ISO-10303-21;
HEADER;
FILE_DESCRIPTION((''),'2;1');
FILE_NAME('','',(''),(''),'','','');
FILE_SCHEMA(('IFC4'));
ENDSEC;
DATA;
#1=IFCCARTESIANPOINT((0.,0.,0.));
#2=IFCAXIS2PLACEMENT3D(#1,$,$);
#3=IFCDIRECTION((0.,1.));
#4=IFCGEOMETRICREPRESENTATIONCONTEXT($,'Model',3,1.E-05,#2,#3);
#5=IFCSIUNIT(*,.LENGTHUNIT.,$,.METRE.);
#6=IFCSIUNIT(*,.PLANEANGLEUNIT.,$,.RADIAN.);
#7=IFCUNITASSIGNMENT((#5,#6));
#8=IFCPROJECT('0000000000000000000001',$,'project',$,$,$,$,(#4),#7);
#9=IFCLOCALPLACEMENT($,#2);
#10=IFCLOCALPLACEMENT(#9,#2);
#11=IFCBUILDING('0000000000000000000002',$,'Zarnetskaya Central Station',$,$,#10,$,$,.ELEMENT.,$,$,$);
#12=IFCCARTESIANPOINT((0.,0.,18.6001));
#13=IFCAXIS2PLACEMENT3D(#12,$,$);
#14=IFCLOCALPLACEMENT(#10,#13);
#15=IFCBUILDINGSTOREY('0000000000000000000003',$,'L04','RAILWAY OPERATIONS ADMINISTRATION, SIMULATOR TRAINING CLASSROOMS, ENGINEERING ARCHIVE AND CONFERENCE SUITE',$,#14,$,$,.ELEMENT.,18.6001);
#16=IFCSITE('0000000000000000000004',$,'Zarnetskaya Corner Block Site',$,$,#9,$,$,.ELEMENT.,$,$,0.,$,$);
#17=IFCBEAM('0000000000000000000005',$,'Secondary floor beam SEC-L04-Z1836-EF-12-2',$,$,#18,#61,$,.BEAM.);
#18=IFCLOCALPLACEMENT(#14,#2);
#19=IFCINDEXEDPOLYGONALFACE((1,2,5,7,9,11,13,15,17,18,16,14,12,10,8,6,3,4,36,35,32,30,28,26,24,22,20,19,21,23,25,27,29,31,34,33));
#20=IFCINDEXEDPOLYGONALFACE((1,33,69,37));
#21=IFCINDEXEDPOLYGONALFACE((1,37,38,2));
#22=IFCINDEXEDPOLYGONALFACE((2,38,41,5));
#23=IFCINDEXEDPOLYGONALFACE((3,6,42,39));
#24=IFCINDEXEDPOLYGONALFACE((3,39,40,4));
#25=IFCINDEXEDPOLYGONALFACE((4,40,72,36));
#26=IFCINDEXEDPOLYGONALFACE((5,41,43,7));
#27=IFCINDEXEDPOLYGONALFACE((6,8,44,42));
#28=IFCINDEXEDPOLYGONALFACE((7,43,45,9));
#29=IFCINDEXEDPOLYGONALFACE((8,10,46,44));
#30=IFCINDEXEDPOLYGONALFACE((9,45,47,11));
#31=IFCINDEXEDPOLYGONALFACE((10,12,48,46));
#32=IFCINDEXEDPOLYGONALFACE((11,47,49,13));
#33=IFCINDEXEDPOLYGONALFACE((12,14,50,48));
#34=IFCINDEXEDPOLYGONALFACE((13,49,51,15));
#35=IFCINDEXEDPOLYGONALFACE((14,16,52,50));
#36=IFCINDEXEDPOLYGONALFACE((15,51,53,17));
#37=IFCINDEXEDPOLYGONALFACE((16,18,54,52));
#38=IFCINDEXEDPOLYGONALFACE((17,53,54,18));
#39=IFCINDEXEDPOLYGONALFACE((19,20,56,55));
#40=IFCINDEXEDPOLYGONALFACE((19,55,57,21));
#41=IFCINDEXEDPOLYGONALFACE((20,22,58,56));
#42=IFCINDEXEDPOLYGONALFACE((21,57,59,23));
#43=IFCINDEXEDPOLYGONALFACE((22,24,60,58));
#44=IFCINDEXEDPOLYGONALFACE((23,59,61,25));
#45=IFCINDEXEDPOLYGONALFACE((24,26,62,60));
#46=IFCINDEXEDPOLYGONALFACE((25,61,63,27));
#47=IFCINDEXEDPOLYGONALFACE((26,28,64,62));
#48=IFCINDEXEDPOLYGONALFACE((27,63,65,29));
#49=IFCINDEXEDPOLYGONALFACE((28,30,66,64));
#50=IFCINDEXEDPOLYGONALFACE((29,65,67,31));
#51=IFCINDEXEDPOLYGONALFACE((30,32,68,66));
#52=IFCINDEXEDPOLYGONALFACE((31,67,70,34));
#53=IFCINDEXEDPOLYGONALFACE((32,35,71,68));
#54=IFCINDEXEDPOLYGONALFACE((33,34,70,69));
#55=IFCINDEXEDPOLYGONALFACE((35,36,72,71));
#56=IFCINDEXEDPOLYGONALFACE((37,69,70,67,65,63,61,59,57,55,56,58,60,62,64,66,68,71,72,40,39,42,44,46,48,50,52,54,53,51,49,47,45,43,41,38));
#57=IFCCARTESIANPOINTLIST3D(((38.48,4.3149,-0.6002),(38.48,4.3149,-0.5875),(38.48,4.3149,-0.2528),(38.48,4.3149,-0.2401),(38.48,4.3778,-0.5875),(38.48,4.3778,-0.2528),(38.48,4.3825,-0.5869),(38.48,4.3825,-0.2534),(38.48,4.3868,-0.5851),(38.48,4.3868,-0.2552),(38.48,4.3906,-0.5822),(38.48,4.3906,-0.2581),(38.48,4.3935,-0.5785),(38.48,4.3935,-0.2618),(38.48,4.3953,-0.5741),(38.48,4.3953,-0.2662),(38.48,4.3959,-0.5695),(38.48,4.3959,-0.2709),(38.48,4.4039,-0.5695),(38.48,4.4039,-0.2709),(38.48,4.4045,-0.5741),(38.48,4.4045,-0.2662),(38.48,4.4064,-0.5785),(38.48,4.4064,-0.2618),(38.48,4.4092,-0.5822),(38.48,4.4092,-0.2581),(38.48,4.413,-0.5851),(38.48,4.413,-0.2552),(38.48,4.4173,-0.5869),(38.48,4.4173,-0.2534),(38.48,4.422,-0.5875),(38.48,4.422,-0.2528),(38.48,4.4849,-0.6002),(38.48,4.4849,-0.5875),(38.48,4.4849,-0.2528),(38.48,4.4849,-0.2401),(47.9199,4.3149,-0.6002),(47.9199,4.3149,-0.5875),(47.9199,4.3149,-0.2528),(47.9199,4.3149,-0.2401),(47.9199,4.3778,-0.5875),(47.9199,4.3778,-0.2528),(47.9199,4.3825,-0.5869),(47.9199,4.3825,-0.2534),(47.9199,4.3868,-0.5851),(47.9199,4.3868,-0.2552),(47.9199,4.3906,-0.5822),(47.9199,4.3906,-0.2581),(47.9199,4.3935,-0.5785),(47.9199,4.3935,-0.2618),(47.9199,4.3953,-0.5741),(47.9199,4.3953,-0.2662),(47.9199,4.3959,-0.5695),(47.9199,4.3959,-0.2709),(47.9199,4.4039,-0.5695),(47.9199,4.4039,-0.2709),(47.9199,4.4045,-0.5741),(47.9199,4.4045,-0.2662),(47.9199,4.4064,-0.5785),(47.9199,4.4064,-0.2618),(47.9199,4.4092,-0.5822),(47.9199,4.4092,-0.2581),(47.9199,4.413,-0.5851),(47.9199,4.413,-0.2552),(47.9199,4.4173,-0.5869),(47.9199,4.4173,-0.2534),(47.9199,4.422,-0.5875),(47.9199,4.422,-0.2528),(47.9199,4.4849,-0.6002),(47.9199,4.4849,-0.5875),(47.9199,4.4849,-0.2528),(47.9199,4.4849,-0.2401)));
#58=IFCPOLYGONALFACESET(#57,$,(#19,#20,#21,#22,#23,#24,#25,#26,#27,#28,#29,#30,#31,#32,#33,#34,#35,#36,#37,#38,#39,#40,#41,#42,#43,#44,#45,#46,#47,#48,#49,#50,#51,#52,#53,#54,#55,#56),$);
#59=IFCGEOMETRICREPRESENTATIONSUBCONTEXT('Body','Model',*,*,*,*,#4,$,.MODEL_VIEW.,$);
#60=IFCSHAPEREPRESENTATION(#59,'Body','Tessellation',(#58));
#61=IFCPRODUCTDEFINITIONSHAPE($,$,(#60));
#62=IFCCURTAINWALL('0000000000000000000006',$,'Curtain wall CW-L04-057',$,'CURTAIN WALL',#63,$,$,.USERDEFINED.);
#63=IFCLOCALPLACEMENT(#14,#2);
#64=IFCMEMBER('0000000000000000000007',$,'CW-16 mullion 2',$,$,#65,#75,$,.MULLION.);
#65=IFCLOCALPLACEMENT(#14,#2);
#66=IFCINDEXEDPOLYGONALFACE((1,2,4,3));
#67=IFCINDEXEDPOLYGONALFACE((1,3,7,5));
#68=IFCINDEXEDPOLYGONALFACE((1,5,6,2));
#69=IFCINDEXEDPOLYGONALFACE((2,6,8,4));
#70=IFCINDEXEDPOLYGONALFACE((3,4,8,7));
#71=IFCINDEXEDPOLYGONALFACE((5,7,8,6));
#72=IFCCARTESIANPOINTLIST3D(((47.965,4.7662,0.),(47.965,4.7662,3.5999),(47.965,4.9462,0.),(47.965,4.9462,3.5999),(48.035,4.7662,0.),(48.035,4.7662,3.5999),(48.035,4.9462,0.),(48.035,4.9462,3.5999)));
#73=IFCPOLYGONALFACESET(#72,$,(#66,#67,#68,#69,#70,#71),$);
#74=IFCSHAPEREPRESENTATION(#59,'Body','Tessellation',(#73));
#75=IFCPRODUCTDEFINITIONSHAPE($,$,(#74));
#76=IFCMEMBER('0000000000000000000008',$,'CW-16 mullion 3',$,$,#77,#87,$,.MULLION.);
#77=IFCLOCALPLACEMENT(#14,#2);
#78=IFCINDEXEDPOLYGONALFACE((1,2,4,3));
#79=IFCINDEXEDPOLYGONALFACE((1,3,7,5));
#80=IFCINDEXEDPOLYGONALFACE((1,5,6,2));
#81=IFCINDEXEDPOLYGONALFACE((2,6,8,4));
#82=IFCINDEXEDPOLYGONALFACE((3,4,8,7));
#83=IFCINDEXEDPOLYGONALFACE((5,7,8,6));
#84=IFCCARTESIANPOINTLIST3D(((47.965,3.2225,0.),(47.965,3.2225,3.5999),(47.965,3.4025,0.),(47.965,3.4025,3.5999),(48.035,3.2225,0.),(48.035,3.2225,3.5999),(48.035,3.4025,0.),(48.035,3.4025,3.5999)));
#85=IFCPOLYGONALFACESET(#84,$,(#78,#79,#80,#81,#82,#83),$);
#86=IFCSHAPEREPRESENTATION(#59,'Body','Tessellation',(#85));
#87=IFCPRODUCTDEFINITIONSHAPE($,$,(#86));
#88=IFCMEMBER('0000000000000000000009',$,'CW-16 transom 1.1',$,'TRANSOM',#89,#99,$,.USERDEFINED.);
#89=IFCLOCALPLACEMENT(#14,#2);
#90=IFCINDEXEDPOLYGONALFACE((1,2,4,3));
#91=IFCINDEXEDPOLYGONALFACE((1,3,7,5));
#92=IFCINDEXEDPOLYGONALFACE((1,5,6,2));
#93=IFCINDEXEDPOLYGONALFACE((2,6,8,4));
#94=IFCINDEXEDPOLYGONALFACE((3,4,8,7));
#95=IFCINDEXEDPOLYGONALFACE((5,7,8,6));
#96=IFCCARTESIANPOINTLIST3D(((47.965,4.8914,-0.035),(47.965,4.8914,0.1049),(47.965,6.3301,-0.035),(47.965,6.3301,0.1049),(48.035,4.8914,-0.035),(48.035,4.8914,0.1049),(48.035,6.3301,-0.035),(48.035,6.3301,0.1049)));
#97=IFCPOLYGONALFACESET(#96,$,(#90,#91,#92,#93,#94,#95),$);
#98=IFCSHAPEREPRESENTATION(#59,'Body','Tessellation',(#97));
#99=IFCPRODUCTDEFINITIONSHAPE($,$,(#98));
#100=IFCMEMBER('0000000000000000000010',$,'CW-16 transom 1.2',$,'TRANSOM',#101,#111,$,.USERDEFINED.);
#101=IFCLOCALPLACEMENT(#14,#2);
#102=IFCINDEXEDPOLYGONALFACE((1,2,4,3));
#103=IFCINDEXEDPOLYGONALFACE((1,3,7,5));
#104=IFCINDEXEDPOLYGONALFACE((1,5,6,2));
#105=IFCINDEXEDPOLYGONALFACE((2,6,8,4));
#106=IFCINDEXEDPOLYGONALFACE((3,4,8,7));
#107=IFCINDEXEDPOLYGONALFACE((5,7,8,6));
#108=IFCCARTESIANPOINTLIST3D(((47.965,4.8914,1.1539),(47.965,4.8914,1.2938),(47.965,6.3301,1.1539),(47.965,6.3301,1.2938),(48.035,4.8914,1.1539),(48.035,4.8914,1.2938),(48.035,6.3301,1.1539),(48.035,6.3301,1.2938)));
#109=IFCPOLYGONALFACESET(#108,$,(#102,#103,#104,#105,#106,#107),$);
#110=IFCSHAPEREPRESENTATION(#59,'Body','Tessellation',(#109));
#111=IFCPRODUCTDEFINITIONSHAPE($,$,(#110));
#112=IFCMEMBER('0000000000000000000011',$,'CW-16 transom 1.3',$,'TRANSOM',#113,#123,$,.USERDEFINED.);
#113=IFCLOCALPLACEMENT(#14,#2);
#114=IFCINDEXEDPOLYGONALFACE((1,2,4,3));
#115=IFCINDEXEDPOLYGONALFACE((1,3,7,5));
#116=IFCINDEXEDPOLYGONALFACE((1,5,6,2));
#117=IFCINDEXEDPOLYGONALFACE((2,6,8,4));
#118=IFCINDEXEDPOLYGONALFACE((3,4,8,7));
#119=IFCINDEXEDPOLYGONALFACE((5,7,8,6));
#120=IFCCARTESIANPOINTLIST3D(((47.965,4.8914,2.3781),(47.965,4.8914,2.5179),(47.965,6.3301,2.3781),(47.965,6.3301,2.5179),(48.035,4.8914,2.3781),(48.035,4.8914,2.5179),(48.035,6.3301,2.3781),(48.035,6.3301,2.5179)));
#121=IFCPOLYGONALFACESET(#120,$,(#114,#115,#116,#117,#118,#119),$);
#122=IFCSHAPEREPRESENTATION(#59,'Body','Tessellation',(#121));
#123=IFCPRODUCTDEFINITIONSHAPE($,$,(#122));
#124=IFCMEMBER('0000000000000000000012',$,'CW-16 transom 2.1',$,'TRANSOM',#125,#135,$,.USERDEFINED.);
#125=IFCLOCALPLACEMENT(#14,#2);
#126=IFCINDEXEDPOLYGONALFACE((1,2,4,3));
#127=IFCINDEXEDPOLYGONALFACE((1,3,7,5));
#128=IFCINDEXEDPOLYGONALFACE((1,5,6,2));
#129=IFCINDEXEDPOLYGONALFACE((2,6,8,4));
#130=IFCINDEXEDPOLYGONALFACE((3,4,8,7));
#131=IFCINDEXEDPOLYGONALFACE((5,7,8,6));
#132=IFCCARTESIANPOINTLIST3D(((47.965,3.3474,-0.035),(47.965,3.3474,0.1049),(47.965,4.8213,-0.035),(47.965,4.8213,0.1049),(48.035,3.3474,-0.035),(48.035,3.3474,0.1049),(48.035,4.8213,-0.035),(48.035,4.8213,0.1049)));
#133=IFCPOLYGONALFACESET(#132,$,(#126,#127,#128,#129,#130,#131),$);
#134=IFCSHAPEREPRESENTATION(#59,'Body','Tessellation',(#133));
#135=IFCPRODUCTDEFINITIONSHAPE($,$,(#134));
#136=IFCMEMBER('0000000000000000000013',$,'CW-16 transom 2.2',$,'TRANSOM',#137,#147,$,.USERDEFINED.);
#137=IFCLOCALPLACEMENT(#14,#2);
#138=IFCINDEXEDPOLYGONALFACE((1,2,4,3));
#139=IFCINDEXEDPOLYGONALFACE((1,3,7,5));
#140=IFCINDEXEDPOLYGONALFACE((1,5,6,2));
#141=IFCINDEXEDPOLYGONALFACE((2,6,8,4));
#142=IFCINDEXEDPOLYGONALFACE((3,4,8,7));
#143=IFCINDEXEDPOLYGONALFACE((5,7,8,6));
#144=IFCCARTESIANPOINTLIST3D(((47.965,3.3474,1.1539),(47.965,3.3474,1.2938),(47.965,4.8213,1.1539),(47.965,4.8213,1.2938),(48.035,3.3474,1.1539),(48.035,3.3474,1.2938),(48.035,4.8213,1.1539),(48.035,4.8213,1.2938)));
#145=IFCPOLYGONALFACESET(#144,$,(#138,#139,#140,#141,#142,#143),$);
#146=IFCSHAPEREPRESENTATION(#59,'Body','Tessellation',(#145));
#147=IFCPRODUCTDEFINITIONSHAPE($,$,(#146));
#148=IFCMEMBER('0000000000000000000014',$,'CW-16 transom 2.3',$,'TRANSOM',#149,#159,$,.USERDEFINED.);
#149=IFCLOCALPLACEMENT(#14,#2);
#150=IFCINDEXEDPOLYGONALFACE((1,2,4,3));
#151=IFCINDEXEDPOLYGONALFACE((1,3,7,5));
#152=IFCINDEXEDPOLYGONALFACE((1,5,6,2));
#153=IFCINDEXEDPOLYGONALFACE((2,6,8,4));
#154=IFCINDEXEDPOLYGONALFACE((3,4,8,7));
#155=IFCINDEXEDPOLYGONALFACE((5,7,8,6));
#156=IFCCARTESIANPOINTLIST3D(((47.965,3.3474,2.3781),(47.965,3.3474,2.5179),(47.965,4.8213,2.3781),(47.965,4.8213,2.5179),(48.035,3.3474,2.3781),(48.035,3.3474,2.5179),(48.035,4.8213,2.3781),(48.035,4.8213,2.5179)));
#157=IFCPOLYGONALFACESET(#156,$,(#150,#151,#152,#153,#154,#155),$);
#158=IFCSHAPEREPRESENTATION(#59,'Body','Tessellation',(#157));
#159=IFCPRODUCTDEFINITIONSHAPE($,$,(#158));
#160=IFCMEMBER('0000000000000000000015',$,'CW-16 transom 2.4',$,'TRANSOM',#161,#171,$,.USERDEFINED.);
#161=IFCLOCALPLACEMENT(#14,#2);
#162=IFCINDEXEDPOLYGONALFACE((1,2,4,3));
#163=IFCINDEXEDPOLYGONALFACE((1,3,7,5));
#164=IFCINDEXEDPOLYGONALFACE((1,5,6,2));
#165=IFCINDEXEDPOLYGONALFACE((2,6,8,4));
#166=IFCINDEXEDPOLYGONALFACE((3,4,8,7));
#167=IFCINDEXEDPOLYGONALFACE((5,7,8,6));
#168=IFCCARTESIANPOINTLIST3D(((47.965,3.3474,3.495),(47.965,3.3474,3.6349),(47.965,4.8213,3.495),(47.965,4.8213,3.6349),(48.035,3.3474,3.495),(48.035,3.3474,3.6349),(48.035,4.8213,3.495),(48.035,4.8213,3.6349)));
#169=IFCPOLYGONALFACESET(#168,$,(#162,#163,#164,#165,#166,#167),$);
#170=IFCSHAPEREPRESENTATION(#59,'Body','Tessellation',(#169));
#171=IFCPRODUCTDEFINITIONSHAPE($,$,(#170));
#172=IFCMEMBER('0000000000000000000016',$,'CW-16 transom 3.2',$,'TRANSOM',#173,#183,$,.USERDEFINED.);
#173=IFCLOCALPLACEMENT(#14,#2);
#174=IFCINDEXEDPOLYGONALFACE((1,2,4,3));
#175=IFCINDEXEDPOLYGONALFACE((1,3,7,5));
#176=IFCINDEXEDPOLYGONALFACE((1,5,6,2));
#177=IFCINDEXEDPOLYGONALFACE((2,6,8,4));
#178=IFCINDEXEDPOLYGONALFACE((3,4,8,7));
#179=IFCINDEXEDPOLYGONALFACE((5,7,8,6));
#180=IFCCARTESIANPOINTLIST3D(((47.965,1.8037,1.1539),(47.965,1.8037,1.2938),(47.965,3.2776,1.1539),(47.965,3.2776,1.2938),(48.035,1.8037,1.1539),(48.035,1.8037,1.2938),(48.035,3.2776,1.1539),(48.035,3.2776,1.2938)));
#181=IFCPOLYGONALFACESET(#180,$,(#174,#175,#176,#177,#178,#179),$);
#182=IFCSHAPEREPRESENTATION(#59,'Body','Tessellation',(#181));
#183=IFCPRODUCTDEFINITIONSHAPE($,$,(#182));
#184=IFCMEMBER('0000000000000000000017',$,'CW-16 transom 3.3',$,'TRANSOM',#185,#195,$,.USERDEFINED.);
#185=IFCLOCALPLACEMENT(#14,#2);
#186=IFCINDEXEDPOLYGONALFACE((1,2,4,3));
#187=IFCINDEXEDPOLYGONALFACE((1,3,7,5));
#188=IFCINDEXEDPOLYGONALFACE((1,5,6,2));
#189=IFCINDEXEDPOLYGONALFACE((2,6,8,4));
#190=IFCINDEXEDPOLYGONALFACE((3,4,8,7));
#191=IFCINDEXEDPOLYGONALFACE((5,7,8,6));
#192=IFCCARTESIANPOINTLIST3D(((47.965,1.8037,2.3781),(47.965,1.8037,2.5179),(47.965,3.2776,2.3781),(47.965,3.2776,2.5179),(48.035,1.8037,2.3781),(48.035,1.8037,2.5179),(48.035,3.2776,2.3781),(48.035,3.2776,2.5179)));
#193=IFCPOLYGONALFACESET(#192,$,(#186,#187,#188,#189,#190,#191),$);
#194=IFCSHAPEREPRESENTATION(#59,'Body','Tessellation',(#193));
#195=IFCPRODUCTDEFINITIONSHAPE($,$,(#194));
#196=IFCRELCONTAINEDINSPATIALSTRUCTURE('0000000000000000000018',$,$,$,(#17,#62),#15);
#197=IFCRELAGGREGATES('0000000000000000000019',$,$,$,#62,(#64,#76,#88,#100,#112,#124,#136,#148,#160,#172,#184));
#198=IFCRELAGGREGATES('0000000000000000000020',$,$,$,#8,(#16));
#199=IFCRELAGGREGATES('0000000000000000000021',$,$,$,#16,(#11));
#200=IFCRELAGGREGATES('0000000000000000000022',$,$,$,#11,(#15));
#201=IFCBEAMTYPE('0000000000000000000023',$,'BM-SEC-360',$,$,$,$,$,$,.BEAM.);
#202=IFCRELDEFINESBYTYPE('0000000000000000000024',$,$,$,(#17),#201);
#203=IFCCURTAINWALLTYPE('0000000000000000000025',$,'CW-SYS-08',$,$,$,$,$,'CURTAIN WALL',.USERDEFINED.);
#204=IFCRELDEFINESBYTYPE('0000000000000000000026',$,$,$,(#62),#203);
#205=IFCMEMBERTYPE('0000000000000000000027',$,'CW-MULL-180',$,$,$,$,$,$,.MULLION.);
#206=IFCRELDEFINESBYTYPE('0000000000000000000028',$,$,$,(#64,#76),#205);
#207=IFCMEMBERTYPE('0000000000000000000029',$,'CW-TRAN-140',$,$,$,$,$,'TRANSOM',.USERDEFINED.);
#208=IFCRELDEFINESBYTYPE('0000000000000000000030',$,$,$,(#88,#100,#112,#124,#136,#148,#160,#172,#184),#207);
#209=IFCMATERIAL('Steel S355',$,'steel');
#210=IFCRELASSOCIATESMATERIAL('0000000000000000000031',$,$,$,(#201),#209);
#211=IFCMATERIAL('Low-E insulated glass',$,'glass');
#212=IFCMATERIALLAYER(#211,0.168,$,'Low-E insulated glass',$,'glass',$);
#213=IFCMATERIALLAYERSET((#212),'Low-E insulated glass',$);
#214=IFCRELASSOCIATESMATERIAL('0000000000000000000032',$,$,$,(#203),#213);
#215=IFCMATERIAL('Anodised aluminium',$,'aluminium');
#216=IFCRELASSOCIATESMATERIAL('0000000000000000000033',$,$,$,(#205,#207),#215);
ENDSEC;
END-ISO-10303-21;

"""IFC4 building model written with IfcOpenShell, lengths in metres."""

from ifc_helpers import new_model, si_unit, direction, frame, origin, origin_2d, place, context, subcontext, project, spatial, rectangle, i_section, extrude, material, layer, layer_set, material_profile, profile_set, type_object, element, aggregate, save


model = new_model("IFC4")

# Units and contexts
model_context = context("Model", 3, precision=1e-05, world=origin(), true_north=direction((0.0, 1.0)))
body_context = subcontext(model_context, "Body", "Model", "MODEL_VIEW")
ifc_project = project(units=[si_unit("LENGTHUNIT", "METRE"), si_unit("PLANEANGLEUNIT", "RADIAN")], contexts=[model_context])

# Site, building, storey
site_placement = place(None, origin())
site = spatial("IfcSite", under=ifc_project, at=site_placement, Name="Zarnetskaya Corner Block Site", CompositionType="ELEMENT", RefElevation=0.0)
building_placement = place(site_placement, origin())
building = spatial("IfcBuilding", under=site, at=building_placement, Name="Zarnetskaya Central Station", CompositionType="ELEMENT")
storey_placement = place(building_placement, frame((0.0, 0.0, 18.6001)))
storey = spatial("IfcBuildingStorey", under=building, at=storey_placement, Name="L04", Description="RAILWAY OPERATIONS ADMINISTRATION, SIMULATOR TRAINING CLASSROOMS, ENGINEERING ARCHIVE AND CONFERENCE SUITE", CompositionType="ELEMENT", Elevation=18.6001)

# Beam
ifc_material_1 = material(Name="Steel S355", Category="steel")
ifc_material_profile_1 = material_profile(ifc_material_1, i_section(OverallWidth=0.1699, OverallDepth=0.3601, WebThickness=0.0081, FlangeThickness=0.0127, FilletRadius=0.0181, at=origin_2d()), Name="IPE 360")
ifc_profile_set_1 = profile_set([ifc_material_profile_1], Name="Steel S355")
beam_type = type_object("IfcBeamType", Name="BM-SEC-360", PredefinedType="BEAM", material=ifc_profile_set_1)
beam_placement = place(storey_placement, frame((38.48, 4.3999, -0.4202), z_axis=(1.0, 0.0, 0.0), x_axis=(0.0, 1.0, 0.0)))
element("IfcBeam", 1, at=beam_placement, inside=storey, type_object=beam_type, Name="Secondary floor beam SEC-L04-Z1836-EF-12-2", PredefinedType="BEAM", context=body_context, shape_type="SweptSolid", body=[
    extrude(i_section(OverallWidth=0.1699, OverallDepth=0.3601, WebThickness=0.0081, FlangeThickness=0.0127, FilletRadius=0.0181, at=origin_2d()), origin(), (0.0, 0.0, 1.0), 9.4399),
])

# Curtain wall, members
ifc_material_2 = material(Name="Low-E insulated glass", Category="glass")
ifc_layer_1 = layer(ifc_material_2, 0.168, Name="Low-E insulated glass", Category="glass")
ifc_layer_set_1 = layer_set([ifc_layer_1], Name="Low-E insulated glass")
curtain_wall_type = type_object("IfcCurtainWallType", Name="CW-SYS-08", ElementType="CURTAIN WALL", PredefinedType="USERDEFINED", material=ifc_layer_set_1)
curtain_wall_placement = place(storey_placement, origin())
curtain_wall = element("IfcCurtainWall", 2, at=curtain_wall_placement, inside=storey, type_object=curtain_wall_type, Name="Curtain wall CW-L04-057", ObjectType="CURTAIN WALL", PredefinedType="USERDEFINED")
ifc_material_3 = material(Name="Anodised aluminium", Category="aluminium")
ifc_material_profile_2 = material_profile(ifc_material_3, rectangle(XDim=0.0701, YDim=0.1799, at=origin_2d()), Name="ALU MULL 70x180")
ifc_profile_set_2 = profile_set([ifc_material_profile_2], Name="Anodised aluminium")
member_type_1 = type_object("IfcMemberType", Name="CW-MULL-180", PredefinedType="MULLION", material=ifc_profile_set_2)
member_1_placement = place(storey_placement, frame((48.0, 4.8562, 0.0), z_axis=(0.0, 0.0, 1.0), x_axis=(1.0, 0.0, 0.0)))
member_1 = element("IfcMember", 3, at=member_1_placement, type_object=member_type_1, Name="CW-16 mullion 2", PredefinedType="MULLION", context=body_context, shape_type="SweptSolid", body=[
    extrude(rectangle(XDim=0.0701, YDim=0.1799, at=origin_2d()), origin(), (0.0, 0.0, 1.0), 3.5999),
])
member_2_placement = place(storey_placement, frame((48.0, 3.3125, 0.0), z_axis=(0.0, 0.0, 1.0), x_axis=(1.0, 0.0, 0.0)))
member_2 = element("IfcMember", 4, at=member_2_placement, type_object=member_type_1, Name="CW-16 mullion 3", PredefinedType="MULLION", context=body_context, shape_type="SweptSolid", body=[
    extrude(rectangle(XDim=0.0701, YDim=0.1799, at=origin_2d()), origin(), (0.0, 0.0, 1.0), 3.5999),
])
ifc_material_profile_3 = material_profile(ifc_material_3, rectangle(XDim=0.0701, YDim=0.1399, at=origin_2d()), Name="ALU TRAN 70x140")
ifc_profile_set_3 = profile_set([ifc_material_profile_3], Name="Anodised aluminium")
member_type_2 = type_object("IfcMemberType", Name="CW-TRAN-140", ElementType="TRANSOM", PredefinedType="USERDEFINED", material=ifc_profile_set_3)
member_3_placement = place(storey_placement, frame((48.0, 6.3301, 0.0349), z_axis=(0.0, -1.0, 0.0), x_axis=(1.0, 0.0, 0.0)))
member_3 = element("IfcMember", 5, at=member_3_placement, type_object=member_type_2, Name="CW-16 transom 1.1", ObjectType="TRANSOM", PredefinedType="USERDEFINED", context=body_context, shape_type="SweptSolid", body=[
    extrude(rectangle(XDim=0.0701, YDim=0.1399, at=origin_2d()), origin(), (0.0, 0.0, 1.0), 1.4387),
])
member_4_placement = place(storey_placement, frame((48.0, 6.3301, 1.2239), z_axis=(0.0, -1.0, 0.0), x_axis=(1.0, 0.0, 0.0)))
member_4 = element("IfcMember", 6, at=member_4_placement, type_object=member_type_2, Name="CW-16 transom 1.2", ObjectType="TRANSOM", PredefinedType="USERDEFINED", context=body_context, shape_type="SweptSolid", body=[
    extrude(rectangle(XDim=0.0701, YDim=0.1399, at=origin_2d()), origin(), (0.0, 0.0, 1.0), 1.4387),
])
member_5_placement = place(storey_placement, frame((48.0, 6.3301, 2.448), z_axis=(0.0, -1.0, 0.0), x_axis=(1.0, 0.0, 0.0)))
member_5 = element("IfcMember", 7, at=member_5_placement, type_object=member_type_2, Name="CW-16 transom 1.3", ObjectType="TRANSOM", PredefinedType="USERDEFINED", context=body_context, shape_type="SweptSolid", body=[
    extrude(rectangle(XDim=0.0701, YDim=0.1399, at=origin_2d()), origin(), (0.0, 0.0, 1.0), 1.4387),
])
member_6_placement = place(storey_placement, frame((48.0, 4.8213, 0.0349), z_axis=(0.0, -1.0, 0.0), x_axis=(1.0, 0.0, 0.0)))
member_6 = element("IfcMember", 8, at=member_6_placement, type_object=member_type_2, Name="CW-16 transom 2.1", ObjectType="TRANSOM", PredefinedType="USERDEFINED", context=body_context, shape_type="SweptSolid", body=[
    extrude(rectangle(XDim=0.0701, YDim=0.1399, at=origin_2d()), origin(), (0.0, 0.0, 1.0), 1.4739),
])
member_7_placement = place(storey_placement, frame((48.0, 4.8213, 1.2239), z_axis=(0.0, -1.0, 0.0), x_axis=(1.0, 0.0, 0.0)))
member_7 = element("IfcMember", 9, at=member_7_placement, type_object=member_type_2, Name="CW-16 transom 2.2", ObjectType="TRANSOM", PredefinedType="USERDEFINED", context=body_context, shape_type="SweptSolid", body=[
    extrude(rectangle(XDim=0.0701, YDim=0.1399, at=origin_2d()), origin(), (0.0, 0.0, 1.0), 1.4739),
])
member_8_placement = place(storey_placement, frame((48.0, 4.8213, 2.448), z_axis=(0.0, -1.0, 0.0), x_axis=(1.0, 0.0, 0.0)))
member_8 = element("IfcMember", 10, at=member_8_placement, type_object=member_type_2, Name="CW-16 transom 2.3", ObjectType="TRANSOM", PredefinedType="USERDEFINED", context=body_context, shape_type="SweptSolid", body=[
    extrude(rectangle(XDim=0.0701, YDim=0.1399, at=origin_2d()), origin(), (0.0, 0.0, 1.0), 1.4739),
])
member_9_placement = place(storey_placement, frame((48.0, 4.8213, 3.5649), z_axis=(0.0, -1.0, 0.0), x_axis=(1.0, 0.0, 0.0)))
member_9 = element("IfcMember", 11, at=member_9_placement, type_object=member_type_2, Name="CW-16 transom 2.4", ObjectType="TRANSOM", PredefinedType="USERDEFINED", context=body_context, shape_type="SweptSolid", body=[
    extrude(rectangle(XDim=0.0701, YDim=0.1399, at=origin_2d()), origin(), (0.0, 0.0, 1.0), 1.4739),
])
member_10_placement = place(storey_placement, frame((48.0, 3.2776, 1.2239), z_axis=(0.0, -1.0, 0.0), x_axis=(1.0, 0.0, 0.0)))
member_10 = element("IfcMember", 12, at=member_10_placement, type_object=member_type_2, Name="CW-16 transom 3.2", ObjectType="TRANSOM", PredefinedType="USERDEFINED", context=body_context, shape_type="SweptSolid", body=[
    extrude(rectangle(XDim=0.0701, YDim=0.1399, at=origin_2d()), origin(), (0.0, 0.0, 1.0), 1.4739),
])
member_11_placement = place(storey_placement, frame((48.0, 3.2776, 2.448), z_axis=(0.0, -1.0, 0.0), x_axis=(1.0, 0.0, 0.0)))
member_11 = element("IfcMember", 13, at=member_11_placement, type_object=member_type_2, Name="CW-16 transom 3.3", ObjectType="TRANSOM", PredefinedType="USERDEFINED", context=body_context, shape_type="SweptSolid", body=[
    extrude(rectangle(XDim=0.0701, YDim=0.1399, at=origin_2d()), origin(), (0.0, 0.0, 1.0), 1.4739),
])
aggregate(curtain_wall, [member_1, member_2, member_3, member_4, member_5, member_6, member_7, member_8, member_9, member_10, member_11])

save(model, "model.ifc")
